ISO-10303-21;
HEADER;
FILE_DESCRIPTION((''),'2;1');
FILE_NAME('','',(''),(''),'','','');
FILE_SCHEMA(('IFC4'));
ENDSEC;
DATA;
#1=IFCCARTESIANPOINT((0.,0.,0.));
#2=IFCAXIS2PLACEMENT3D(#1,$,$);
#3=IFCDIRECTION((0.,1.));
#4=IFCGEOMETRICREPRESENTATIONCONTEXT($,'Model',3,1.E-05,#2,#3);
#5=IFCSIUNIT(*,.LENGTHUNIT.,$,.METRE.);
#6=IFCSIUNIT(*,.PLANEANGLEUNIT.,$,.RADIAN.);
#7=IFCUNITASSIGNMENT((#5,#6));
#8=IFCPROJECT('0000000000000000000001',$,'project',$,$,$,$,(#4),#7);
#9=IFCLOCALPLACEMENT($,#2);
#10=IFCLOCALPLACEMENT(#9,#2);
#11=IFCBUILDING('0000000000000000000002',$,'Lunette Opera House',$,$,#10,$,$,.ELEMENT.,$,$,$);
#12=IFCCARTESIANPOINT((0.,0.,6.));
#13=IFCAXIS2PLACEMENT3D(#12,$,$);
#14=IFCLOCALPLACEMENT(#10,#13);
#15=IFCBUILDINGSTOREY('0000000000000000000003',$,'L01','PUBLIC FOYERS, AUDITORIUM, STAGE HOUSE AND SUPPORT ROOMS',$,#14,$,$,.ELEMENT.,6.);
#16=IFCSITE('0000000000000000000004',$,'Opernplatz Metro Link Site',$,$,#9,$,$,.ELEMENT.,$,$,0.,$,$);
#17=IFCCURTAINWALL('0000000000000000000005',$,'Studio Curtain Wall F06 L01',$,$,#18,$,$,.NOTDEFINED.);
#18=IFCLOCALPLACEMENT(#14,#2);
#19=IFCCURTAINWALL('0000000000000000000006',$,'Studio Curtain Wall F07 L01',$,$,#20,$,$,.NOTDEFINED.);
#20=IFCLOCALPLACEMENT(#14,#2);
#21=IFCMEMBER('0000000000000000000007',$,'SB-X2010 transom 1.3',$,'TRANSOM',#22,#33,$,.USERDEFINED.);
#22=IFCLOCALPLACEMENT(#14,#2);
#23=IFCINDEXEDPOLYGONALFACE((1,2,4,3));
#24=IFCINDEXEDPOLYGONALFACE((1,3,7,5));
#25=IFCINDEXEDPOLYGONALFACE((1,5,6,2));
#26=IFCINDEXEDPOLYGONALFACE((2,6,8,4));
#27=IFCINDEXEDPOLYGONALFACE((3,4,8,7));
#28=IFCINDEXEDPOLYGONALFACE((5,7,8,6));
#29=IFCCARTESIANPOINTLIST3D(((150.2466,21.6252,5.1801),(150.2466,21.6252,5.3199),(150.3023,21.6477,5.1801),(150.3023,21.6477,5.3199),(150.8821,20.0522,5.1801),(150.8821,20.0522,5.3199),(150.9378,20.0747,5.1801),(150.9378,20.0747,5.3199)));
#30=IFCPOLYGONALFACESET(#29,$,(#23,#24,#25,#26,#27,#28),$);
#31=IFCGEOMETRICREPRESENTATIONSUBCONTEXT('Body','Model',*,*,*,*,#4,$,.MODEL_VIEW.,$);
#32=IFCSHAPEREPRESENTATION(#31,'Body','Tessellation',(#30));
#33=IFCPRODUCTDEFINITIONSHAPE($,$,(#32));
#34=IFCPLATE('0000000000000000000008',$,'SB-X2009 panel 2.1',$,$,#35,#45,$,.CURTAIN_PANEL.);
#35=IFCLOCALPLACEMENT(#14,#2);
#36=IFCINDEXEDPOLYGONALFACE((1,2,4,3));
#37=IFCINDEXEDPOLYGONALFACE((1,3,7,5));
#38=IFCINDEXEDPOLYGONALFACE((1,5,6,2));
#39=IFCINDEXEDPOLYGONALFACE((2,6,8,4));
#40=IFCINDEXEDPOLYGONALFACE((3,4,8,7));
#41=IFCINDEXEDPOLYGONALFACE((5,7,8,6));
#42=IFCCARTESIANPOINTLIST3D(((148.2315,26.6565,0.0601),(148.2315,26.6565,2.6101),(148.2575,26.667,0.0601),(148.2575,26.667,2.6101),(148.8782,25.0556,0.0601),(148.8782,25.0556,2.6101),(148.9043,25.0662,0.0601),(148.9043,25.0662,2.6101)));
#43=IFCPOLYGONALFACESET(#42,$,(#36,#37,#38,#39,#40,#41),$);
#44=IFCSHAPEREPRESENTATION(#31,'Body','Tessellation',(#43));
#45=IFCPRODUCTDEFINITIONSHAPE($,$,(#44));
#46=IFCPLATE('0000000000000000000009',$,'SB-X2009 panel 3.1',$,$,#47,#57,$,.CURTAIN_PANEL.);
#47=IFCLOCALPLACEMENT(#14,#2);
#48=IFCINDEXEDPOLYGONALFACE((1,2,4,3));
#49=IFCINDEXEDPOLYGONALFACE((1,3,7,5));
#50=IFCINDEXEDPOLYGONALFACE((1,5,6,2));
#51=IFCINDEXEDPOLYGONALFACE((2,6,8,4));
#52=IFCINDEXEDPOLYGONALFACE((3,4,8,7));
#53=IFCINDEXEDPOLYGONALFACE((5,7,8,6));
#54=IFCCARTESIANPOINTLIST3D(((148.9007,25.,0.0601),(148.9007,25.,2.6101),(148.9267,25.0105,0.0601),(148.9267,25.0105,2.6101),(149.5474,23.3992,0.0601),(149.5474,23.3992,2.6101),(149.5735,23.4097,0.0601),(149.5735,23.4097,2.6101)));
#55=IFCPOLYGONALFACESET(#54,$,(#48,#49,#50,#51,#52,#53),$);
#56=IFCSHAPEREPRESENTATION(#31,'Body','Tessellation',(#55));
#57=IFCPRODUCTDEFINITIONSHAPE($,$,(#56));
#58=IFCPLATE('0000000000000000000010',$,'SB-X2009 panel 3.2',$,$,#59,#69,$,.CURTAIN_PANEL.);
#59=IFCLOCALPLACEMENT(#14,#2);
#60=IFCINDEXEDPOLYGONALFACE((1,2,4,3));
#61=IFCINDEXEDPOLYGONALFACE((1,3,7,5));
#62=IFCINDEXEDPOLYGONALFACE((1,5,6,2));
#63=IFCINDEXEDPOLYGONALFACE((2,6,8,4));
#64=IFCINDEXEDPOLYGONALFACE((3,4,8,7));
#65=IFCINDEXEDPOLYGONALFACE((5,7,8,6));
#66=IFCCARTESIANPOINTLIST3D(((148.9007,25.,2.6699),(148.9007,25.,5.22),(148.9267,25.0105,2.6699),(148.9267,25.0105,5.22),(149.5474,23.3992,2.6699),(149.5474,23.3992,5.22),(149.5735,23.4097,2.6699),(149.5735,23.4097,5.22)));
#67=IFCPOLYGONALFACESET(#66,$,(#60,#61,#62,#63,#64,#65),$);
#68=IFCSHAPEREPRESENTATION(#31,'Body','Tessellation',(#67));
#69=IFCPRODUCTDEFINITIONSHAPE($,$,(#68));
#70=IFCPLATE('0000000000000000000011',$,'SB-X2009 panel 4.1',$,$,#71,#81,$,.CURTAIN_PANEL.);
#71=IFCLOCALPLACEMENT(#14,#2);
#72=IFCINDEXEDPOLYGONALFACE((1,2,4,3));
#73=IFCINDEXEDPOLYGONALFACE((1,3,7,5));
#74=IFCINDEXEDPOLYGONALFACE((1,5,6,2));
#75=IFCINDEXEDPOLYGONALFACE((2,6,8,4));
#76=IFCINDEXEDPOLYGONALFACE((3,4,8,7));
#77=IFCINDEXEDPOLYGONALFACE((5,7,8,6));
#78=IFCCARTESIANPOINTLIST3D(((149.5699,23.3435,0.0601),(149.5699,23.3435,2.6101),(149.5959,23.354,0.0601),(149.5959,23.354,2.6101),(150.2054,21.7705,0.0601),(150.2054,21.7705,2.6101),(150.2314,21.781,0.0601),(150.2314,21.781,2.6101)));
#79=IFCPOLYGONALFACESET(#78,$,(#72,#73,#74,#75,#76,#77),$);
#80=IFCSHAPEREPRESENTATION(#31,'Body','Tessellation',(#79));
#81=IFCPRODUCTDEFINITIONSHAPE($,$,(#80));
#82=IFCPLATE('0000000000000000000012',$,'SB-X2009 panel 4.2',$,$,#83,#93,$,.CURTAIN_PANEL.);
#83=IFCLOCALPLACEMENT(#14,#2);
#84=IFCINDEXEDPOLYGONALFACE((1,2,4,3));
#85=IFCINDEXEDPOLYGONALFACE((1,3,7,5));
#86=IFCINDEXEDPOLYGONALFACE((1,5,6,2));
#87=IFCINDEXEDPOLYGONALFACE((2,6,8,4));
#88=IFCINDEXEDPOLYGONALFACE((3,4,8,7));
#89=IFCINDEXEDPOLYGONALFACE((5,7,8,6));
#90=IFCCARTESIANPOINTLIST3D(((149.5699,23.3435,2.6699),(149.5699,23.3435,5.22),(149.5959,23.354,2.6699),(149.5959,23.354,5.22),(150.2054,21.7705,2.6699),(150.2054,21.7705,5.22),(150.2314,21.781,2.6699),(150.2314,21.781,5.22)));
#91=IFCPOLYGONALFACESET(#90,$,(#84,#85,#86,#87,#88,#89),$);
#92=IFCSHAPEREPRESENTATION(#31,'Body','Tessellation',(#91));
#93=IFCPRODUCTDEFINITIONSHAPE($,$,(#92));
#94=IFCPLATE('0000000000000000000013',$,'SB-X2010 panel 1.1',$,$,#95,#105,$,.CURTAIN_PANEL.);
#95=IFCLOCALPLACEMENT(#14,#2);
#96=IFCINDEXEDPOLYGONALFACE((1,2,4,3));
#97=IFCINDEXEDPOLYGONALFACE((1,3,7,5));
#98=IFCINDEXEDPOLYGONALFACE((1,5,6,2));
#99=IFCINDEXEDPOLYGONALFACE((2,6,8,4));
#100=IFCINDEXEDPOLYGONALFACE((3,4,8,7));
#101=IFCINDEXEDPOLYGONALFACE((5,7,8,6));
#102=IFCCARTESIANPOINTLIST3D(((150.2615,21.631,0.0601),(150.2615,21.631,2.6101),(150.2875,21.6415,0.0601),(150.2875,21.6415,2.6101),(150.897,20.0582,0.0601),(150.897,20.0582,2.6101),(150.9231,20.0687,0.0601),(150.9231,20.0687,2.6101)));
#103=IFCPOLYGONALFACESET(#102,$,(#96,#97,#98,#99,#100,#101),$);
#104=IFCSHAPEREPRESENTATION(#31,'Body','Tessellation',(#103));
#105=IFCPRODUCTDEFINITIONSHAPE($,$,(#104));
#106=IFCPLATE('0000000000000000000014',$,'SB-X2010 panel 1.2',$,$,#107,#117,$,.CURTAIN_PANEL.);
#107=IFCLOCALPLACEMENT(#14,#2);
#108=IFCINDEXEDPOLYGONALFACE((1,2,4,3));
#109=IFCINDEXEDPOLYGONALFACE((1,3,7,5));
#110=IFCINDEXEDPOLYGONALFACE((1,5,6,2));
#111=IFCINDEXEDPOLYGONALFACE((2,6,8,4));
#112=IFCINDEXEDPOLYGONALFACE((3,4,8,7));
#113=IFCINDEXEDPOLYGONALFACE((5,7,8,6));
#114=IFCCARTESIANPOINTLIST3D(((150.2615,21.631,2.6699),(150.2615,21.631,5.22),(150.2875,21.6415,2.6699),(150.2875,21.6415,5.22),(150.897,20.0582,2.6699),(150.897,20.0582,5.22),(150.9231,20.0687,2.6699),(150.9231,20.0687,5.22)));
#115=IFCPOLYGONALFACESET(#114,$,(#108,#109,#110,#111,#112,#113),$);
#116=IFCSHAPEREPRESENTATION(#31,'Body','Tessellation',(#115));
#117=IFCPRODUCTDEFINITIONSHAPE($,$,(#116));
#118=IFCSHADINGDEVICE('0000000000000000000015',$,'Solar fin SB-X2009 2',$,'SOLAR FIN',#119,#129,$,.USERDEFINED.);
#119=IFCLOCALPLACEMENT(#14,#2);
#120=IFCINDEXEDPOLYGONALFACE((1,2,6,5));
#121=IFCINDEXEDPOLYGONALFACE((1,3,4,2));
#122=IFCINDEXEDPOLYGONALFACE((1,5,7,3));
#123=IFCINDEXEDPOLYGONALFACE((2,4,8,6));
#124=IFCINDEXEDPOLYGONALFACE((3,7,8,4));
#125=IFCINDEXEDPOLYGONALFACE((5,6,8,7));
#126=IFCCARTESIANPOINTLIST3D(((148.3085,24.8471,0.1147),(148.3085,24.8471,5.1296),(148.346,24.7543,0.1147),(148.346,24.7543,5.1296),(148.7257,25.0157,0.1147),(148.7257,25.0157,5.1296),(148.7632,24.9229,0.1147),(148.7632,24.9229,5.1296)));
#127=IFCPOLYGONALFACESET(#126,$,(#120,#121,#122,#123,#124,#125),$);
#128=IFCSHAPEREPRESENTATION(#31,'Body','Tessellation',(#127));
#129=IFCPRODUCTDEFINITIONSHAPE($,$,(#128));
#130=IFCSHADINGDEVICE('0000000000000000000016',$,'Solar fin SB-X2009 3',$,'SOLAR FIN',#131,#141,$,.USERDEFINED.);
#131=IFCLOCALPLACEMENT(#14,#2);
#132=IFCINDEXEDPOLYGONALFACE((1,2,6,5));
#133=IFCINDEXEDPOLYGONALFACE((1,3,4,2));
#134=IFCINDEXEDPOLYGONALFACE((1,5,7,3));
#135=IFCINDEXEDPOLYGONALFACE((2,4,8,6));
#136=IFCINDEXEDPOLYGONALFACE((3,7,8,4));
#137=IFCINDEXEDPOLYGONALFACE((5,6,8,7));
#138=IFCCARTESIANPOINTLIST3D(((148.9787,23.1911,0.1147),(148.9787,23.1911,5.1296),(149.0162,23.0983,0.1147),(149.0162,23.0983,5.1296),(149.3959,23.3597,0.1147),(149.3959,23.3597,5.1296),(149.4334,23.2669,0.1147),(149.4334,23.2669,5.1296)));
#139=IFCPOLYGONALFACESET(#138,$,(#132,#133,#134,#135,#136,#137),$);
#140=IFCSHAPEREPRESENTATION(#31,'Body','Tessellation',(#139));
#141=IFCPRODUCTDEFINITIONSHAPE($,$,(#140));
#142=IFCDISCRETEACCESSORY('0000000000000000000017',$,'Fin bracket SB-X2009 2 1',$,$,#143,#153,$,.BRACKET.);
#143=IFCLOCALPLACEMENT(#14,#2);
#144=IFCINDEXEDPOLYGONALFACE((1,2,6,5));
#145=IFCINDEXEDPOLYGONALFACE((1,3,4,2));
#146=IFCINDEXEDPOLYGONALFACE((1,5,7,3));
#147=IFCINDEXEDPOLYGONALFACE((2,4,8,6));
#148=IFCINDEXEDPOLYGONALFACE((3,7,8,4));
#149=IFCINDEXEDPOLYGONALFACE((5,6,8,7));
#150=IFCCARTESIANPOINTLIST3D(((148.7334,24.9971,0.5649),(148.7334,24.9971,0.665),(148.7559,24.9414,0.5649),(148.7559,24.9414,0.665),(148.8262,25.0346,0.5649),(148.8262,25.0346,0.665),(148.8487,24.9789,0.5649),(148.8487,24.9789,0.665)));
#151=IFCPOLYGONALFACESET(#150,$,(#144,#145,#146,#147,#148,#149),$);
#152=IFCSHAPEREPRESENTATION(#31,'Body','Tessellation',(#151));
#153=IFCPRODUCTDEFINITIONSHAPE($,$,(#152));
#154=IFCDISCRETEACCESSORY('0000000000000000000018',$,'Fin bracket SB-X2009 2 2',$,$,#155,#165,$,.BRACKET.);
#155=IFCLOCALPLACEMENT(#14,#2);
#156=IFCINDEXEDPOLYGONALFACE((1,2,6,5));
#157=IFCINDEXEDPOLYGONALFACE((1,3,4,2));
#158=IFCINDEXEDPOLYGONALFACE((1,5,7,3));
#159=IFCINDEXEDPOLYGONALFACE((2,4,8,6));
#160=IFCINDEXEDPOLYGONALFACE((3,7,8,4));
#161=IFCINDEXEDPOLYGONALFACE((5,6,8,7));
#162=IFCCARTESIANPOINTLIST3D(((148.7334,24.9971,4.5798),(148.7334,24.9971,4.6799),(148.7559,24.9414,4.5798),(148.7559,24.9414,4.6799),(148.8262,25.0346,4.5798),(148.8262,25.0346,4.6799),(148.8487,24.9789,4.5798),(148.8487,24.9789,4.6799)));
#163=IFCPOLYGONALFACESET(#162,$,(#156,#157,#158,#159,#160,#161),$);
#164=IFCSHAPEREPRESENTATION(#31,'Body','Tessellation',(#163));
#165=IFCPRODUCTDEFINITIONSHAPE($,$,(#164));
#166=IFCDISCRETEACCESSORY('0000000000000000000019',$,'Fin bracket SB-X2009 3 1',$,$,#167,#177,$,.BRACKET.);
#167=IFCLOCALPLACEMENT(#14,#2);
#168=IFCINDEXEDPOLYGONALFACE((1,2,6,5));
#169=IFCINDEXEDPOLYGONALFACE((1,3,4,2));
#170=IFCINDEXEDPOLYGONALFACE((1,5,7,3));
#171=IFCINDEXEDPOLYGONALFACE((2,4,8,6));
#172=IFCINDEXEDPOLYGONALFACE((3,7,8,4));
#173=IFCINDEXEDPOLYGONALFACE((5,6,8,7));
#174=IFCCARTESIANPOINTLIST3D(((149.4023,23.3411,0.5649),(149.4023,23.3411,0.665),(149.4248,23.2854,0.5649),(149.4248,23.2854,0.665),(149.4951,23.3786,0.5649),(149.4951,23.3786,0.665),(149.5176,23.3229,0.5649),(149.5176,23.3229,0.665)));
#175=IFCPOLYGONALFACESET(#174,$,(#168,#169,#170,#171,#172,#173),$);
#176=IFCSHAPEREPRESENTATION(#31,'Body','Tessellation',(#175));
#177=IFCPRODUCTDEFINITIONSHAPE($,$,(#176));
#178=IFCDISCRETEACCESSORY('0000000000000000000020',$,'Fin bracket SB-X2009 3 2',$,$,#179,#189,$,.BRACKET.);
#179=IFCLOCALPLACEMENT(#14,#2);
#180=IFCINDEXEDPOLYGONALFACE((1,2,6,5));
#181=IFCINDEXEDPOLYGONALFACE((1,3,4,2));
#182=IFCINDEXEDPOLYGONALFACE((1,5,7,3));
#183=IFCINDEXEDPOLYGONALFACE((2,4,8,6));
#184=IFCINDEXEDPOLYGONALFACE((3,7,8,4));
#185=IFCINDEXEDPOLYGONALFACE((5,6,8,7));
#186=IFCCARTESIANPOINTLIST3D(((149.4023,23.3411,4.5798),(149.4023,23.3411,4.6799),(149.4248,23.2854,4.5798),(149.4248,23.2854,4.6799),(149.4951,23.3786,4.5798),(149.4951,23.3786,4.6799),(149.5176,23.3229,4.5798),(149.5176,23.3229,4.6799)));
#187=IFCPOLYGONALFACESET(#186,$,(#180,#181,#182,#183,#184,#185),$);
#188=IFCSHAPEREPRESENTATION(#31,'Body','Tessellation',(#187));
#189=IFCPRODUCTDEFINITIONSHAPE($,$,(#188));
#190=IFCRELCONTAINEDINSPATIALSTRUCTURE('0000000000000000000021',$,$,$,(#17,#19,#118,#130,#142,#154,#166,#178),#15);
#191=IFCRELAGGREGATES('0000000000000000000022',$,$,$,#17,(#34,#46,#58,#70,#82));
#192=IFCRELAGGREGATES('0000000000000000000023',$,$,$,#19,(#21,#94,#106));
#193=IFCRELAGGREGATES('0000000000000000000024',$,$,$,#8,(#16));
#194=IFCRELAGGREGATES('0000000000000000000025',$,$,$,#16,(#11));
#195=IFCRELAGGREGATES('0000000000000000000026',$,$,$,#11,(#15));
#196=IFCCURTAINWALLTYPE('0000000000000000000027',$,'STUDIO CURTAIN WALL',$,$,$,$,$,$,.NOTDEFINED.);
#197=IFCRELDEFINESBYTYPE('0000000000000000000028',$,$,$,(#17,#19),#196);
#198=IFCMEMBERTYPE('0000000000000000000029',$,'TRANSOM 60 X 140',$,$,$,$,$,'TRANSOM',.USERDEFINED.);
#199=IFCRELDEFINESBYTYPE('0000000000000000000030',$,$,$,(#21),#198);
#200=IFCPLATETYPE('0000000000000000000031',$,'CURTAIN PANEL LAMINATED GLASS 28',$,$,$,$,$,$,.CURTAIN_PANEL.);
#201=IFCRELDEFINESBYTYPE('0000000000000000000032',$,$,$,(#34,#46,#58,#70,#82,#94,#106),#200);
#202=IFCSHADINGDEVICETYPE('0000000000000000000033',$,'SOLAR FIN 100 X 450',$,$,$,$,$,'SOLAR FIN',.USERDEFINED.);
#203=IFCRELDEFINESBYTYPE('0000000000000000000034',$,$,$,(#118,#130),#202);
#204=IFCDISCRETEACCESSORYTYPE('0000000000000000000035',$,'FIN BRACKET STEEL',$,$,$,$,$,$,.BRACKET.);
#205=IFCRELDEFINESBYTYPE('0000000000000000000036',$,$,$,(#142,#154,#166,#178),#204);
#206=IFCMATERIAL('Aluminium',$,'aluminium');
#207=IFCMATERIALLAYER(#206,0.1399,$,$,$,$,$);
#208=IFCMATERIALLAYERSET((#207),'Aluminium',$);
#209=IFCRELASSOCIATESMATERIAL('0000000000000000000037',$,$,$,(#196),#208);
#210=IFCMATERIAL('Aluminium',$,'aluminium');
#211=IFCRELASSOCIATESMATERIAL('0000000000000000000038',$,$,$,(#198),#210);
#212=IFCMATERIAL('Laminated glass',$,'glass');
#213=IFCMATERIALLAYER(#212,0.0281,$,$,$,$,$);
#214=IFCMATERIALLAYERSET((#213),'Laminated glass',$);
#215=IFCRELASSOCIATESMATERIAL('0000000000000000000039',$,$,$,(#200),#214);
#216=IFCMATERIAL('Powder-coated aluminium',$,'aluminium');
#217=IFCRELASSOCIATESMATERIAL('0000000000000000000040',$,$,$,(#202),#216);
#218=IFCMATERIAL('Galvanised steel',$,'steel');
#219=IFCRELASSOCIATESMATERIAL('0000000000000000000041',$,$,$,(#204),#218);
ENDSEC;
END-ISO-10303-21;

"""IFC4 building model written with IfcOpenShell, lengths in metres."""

from ifc_helpers import new_model, si_unit, direction, frame, origin, origin_2d, place, context, subcontext, project, spatial, rectangle, extrude, material, layer, layer_set, material_profile, profile_set, type_object, element, aggregate, save


model = new_model("IFC4")

# Units and contexts
model_context = context("Model", 3, precision=1e-05, world=origin(), true_north=direction((0.0, 1.0)))
body_context = subcontext(model_context, "Body", "Model", "MODEL_VIEW")
ifc_project = project(units=[si_unit("LENGTHUNIT", "METRE"), si_unit("PLANEANGLEUNIT", "RADIAN")], contexts=[model_context])

# Site, building, storey
site_placement = place(None, origin())
site = spatial("IfcSite", under=ifc_project, at=site_placement, Name="Opernplatz Metro Link Site", CompositionType="ELEMENT", RefElevation=0.0)
building_placement = place(site_placement, origin())
building = spatial("IfcBuilding", under=site, at=building_placement, Name="Lunette Opera House", CompositionType="ELEMENT")
storey_placement = place(building_placement, frame((0.0, 0.0, 6.0)))
storey = spatial("IfcBuildingStorey", under=building, at=storey_placement, Name="L01", Description="PUBLIC FOYERS, AUDITORIUM, STAGE HOUSE AND SUPPORT ROOMS", CompositionType="ELEMENT", Elevation=6.0)

# Curtain wall
ifc_material_1 = material(Name="Aluminium", Category="aluminium")
ifc_layer_1 = layer(ifc_material_1, 0.1399)
ifc_layer_set_1 = layer_set([ifc_layer_1], Name="Aluminium")
curtain_wall_type = type_object("IfcCurtainWallType", Name="STUDIO CURTAIN WALL", PredefinedType="NOTDEFINED", material=ifc_layer_set_1)
curtain_wall_1_placement = place(storey_placement, origin())
curtain_wall_1 = element("IfcCurtainWall", 1, at=curtain_wall_1_placement, inside=storey, type_object=curtain_wall_type, Name="Studio Curtain Wall F06 L01", PredefinedType="NOTDEFINED")

# Curtain wall
curtain_wall_2_placement = place(storey_placement, origin())
curtain_wall_2 = element("IfcCurtainWall", 2, at=curtain_wall_2_placement, inside=storey, type_object=curtain_wall_type, Name="Studio Curtain Wall F07 L01", PredefinedType="NOTDEFINED")

# Member
ifc_material_2 = material(Name="Aluminium", Category="aluminium")
ifc_material_profile_1 = material_profile(ifc_material_2, rectangle(XDim=0.0601, YDim=0.1399, at=origin_2d()), Name="TRANSOM 60 X 140")
ifc_profile_set_1 = profile_set([ifc_material_profile_1], Name="Aluminium")
member_type_1 = type_object("IfcMemberType", Name="TRANSOM 60 X 140", ElementType="TRANSOM", PredefinedType="USERDEFINED", material=ifc_profile_set_1)
member_1_placement = place(storey_placement, frame((150.2744, 21.6365, 5.25), z_axis=(0.374589, -0.927191, 0.0), x_axis=(0.927191, 0.374589, 0.0)))
member_1 = element("IfcMember", 3, at=member_1_placement, type_object=member_type_1, Name="SB-X2010 transom 1.3", ObjectType="TRANSOM", PredefinedType="USERDEFINED", context=body_context, shape_type="SweptSolid", body=[
    extrude(rectangle(XDim=0.0601, YDim=0.1399, at=origin_2d()), origin(), (0.0, 0.0, 1.0), 1.6965),
])

# Plates
ifc_material_3 = material(Name="Laminated glass", Category="glass")
ifc_layer_2 = layer(ifc_material_3, 0.0281)
ifc_layer_set_2 = layer_set([ifc_layer_2], Name="Laminated glass")
plate_type = type_object("IfcPlateType", Name="CURTAIN PANEL LAMINATED GLASS 28", PredefinedType="CURTAIN_PANEL", material=ifc_layer_set_2)
plate_1_placement = place(storey_placement, frame((148.5679, 25.8613, 0.0601), z_axis=(0.0, 0.0, 1.0), x_axis=(0.374597, -0.927188, 0.0)))
plate_1 = element("IfcPlate", 4, at=plate_1_placement, type_object=plate_type, Name="SB-X2009 panel 2.1", PredefinedType="CURTAIN_PANEL", context=body_context, shape_type="SweptSolid", body=[
    extrude(rectangle(XDim=1.7266, YDim=0.0281, at=origin_2d()), origin(), (0.0, 0.0, 1.0), 2.55),
])
plate_2_placement = place(storey_placement, frame((149.2371, 24.2048, 0.0601), z_axis=(0.0, 0.0, 1.0), x_axis=(0.374597, -0.927188, 0.0)))
plate_2 = element("IfcPlate", 5, at=plate_2_placement, type_object=plate_type, Name="SB-X2009 panel 3.1", PredefinedType="CURTAIN_PANEL", context=body_context, shape_type="SweptSolid", body=[
    extrude(rectangle(XDim=1.7266, YDim=0.0281, at=origin_2d()), origin(), (0.0, 0.0, 1.0), 2.55),
])
plate_3_placement = place(storey_placement, frame((149.2371, 24.2048, 2.6699), z_axis=(0.0, 0.0, 1.0), x_axis=(0.374597, -0.927188, 0.0)))
plate_3 = element("IfcPlate", 6, at=plate_3_placement, type_object=plate_type, Name="SB-X2009 panel 3.2", PredefinedType="CURTAIN_PANEL", context=body_context, shape_type="SweptSolid", body=[
    extrude(rectangle(XDim=1.7266, YDim=0.0281, at=origin_2d()), origin(), (0.0, 0.0, 1.0), 2.55),
])
plate_4_placement = place(storey_placement, frame((149.9006, 22.5623, 0.0601), z_axis=(0.0, 0.0, 1.0), x_axis=(0.374597, -0.927188, 0.0)))
plate_4 = element("IfcPlate", 7, at=plate_4_placement, type_object=plate_type, Name="SB-X2009 panel 4.1", PredefinedType="CURTAIN_PANEL", context=body_context, shape_type="SweptSolid", body=[
    extrude(rectangle(XDim=1.6965, YDim=0.0281, at=origin_2d()), origin(), (0.0, 0.0, 1.0), 2.55),
])
plate_5_placement = place(storey_placement, frame((149.9006, 22.5623, 2.6699), z_axis=(0.0, 0.0, 1.0), x_axis=(0.374597, -0.927188, 0.0)))
plate_5 = element("IfcPlate", 8, at=plate_5_placement, type_object=plate_type, Name="SB-X2009 panel 4.2", PredefinedType="CURTAIN_PANEL", context=body_context, shape_type="SweptSolid", body=[
    extrude(rectangle(XDim=1.6965, YDim=0.0281, at=origin_2d()), origin(), (0.0, 0.0, 1.0), 2.55),
])
aggregate(curtain_wall_1, [plate_1, plate_2, plate_3, plate_4, plate_5])
plate_6_placement = place(storey_placement, frame((150.5923, 20.8499, 0.0601), z_axis=(0.0, 0.0, 1.0), x_axis=(0.374646, -0.927168, 0.0)))
plate_6 = element("IfcPlate", 9, at=plate_6_placement, type_object=plate_type, Name="SB-X2010 panel 1.1", PredefinedType="CURTAIN_PANEL", context=body_context, shape_type="SweptSolid", body=[
    extrude(rectangle(XDim=1.6963, YDim=0.0281, at=origin_2d()), origin(), (0.0, 0.0, 1.0), 2.55),
])
plate_7_placement = place(storey_placement, frame((150.5923, 20.8499, 2.6699), z_axis=(0.0, 0.0, 1.0), x_axis=(0.374646, -0.927168, 0.0)))
plate_7 = element("IfcPlate", 10, at=plate_7_placement, type_object=plate_type, Name="SB-X2010 panel 1.2", PredefinedType="CURTAIN_PANEL", context=body_context, shape_type="SweptSolid", body=[
    extrude(rectangle(XDim=1.6963, YDim=0.0281, at=origin_2d()), origin(), (0.0, 0.0, 1.0), 2.55),
])
aggregate(curtain_wall_2, [member_1, plate_6, plate_7])

# Shading devices
ifc_material_4 = material(Name="Powder-coated aluminium", Category="aluminium")
shading_device_type = type_object("IfcShadingDeviceType", Name="SOLAR FIN 100 X 450", ElementType="SOLAR FIN", PredefinedType="USERDEFINED", material=ifc_material_4)
for number, where, z_axis, x_axis, name in (
    (11, (148.5359, 24.885, 0.1147), (0.0, 0.0, 1.0), (-0.927188, -0.374597, 0.0), "Solar fin SB-X2009 2"),
    (12, (149.2061, 23.229, 0.1147), (0.0, 0.0, 1.0), (-0.927188, -0.374597, 0.0), "Solar fin SB-X2009 3"),
):
    element("IfcShadingDevice", number, at=place(storey_placement, frame(where, z_axis=z_axis, x_axis=x_axis)), inside=storey, type_object=shading_device_type, Name=name, ObjectType="SOLAR FIN", PredefinedType="USERDEFINED", context=body_context, shape_type="SweptSolid", body=[
        extrude(rectangle(XDim=0.45, YDim=0.1001, at=origin_2d()), origin(), (0.0, 0.0, 1.0), 5.0149),
    ])

# Discrete accessories
ifc_material_5 = material(Name="Galvanised steel", Category="steel")
discrete_accessory_type = type_object("IfcDiscreteAccessoryType", Name="FIN BRACKET STEEL", PredefinedType="BRACKET", material=ifc_material_5)
for number, where, z_axis, x_axis, name in (
    (13, (148.791, 24.988, 0.5649), (0.0, 0.0, 1.0), (-0.927188, -0.374597, 0.0), "Fin bracket SB-X2009 2 1"),
    (14, (148.791, 24.988, 4.5798), (0.0, 0.0, 1.0), (-0.927188, -0.374597, 0.0), "Fin bracket SB-X2009 2 2"),
    (15, (149.46, 23.332, 0.5649), (0.0, 0.0, 1.0), (-0.927188, -0.374597, 0.0), "Fin bracket SB-X2009 3 1"),
    (16, (149.46, 23.332, 4.5798), (0.0, 0.0, 1.0), (-0.927188, -0.374597, 0.0), "Fin bracket SB-X2009 3 2"),
):
    element("IfcDiscreteAccessory", number, at=place(storey_placement, frame(where, z_axis=z_axis, x_axis=x_axis)), inside=storey, type_object=discrete_accessory_type, Name=name, PredefinedType="BRACKET", context=body_context, shape_type="SweptSolid", body=[
        extrude(rectangle(XDim=0.1001, YDim=0.0601, at=origin_2d()), origin(), (0.0, 0.0, 1.0), 0.1001),
    ])

save(model, "model.ifc")
